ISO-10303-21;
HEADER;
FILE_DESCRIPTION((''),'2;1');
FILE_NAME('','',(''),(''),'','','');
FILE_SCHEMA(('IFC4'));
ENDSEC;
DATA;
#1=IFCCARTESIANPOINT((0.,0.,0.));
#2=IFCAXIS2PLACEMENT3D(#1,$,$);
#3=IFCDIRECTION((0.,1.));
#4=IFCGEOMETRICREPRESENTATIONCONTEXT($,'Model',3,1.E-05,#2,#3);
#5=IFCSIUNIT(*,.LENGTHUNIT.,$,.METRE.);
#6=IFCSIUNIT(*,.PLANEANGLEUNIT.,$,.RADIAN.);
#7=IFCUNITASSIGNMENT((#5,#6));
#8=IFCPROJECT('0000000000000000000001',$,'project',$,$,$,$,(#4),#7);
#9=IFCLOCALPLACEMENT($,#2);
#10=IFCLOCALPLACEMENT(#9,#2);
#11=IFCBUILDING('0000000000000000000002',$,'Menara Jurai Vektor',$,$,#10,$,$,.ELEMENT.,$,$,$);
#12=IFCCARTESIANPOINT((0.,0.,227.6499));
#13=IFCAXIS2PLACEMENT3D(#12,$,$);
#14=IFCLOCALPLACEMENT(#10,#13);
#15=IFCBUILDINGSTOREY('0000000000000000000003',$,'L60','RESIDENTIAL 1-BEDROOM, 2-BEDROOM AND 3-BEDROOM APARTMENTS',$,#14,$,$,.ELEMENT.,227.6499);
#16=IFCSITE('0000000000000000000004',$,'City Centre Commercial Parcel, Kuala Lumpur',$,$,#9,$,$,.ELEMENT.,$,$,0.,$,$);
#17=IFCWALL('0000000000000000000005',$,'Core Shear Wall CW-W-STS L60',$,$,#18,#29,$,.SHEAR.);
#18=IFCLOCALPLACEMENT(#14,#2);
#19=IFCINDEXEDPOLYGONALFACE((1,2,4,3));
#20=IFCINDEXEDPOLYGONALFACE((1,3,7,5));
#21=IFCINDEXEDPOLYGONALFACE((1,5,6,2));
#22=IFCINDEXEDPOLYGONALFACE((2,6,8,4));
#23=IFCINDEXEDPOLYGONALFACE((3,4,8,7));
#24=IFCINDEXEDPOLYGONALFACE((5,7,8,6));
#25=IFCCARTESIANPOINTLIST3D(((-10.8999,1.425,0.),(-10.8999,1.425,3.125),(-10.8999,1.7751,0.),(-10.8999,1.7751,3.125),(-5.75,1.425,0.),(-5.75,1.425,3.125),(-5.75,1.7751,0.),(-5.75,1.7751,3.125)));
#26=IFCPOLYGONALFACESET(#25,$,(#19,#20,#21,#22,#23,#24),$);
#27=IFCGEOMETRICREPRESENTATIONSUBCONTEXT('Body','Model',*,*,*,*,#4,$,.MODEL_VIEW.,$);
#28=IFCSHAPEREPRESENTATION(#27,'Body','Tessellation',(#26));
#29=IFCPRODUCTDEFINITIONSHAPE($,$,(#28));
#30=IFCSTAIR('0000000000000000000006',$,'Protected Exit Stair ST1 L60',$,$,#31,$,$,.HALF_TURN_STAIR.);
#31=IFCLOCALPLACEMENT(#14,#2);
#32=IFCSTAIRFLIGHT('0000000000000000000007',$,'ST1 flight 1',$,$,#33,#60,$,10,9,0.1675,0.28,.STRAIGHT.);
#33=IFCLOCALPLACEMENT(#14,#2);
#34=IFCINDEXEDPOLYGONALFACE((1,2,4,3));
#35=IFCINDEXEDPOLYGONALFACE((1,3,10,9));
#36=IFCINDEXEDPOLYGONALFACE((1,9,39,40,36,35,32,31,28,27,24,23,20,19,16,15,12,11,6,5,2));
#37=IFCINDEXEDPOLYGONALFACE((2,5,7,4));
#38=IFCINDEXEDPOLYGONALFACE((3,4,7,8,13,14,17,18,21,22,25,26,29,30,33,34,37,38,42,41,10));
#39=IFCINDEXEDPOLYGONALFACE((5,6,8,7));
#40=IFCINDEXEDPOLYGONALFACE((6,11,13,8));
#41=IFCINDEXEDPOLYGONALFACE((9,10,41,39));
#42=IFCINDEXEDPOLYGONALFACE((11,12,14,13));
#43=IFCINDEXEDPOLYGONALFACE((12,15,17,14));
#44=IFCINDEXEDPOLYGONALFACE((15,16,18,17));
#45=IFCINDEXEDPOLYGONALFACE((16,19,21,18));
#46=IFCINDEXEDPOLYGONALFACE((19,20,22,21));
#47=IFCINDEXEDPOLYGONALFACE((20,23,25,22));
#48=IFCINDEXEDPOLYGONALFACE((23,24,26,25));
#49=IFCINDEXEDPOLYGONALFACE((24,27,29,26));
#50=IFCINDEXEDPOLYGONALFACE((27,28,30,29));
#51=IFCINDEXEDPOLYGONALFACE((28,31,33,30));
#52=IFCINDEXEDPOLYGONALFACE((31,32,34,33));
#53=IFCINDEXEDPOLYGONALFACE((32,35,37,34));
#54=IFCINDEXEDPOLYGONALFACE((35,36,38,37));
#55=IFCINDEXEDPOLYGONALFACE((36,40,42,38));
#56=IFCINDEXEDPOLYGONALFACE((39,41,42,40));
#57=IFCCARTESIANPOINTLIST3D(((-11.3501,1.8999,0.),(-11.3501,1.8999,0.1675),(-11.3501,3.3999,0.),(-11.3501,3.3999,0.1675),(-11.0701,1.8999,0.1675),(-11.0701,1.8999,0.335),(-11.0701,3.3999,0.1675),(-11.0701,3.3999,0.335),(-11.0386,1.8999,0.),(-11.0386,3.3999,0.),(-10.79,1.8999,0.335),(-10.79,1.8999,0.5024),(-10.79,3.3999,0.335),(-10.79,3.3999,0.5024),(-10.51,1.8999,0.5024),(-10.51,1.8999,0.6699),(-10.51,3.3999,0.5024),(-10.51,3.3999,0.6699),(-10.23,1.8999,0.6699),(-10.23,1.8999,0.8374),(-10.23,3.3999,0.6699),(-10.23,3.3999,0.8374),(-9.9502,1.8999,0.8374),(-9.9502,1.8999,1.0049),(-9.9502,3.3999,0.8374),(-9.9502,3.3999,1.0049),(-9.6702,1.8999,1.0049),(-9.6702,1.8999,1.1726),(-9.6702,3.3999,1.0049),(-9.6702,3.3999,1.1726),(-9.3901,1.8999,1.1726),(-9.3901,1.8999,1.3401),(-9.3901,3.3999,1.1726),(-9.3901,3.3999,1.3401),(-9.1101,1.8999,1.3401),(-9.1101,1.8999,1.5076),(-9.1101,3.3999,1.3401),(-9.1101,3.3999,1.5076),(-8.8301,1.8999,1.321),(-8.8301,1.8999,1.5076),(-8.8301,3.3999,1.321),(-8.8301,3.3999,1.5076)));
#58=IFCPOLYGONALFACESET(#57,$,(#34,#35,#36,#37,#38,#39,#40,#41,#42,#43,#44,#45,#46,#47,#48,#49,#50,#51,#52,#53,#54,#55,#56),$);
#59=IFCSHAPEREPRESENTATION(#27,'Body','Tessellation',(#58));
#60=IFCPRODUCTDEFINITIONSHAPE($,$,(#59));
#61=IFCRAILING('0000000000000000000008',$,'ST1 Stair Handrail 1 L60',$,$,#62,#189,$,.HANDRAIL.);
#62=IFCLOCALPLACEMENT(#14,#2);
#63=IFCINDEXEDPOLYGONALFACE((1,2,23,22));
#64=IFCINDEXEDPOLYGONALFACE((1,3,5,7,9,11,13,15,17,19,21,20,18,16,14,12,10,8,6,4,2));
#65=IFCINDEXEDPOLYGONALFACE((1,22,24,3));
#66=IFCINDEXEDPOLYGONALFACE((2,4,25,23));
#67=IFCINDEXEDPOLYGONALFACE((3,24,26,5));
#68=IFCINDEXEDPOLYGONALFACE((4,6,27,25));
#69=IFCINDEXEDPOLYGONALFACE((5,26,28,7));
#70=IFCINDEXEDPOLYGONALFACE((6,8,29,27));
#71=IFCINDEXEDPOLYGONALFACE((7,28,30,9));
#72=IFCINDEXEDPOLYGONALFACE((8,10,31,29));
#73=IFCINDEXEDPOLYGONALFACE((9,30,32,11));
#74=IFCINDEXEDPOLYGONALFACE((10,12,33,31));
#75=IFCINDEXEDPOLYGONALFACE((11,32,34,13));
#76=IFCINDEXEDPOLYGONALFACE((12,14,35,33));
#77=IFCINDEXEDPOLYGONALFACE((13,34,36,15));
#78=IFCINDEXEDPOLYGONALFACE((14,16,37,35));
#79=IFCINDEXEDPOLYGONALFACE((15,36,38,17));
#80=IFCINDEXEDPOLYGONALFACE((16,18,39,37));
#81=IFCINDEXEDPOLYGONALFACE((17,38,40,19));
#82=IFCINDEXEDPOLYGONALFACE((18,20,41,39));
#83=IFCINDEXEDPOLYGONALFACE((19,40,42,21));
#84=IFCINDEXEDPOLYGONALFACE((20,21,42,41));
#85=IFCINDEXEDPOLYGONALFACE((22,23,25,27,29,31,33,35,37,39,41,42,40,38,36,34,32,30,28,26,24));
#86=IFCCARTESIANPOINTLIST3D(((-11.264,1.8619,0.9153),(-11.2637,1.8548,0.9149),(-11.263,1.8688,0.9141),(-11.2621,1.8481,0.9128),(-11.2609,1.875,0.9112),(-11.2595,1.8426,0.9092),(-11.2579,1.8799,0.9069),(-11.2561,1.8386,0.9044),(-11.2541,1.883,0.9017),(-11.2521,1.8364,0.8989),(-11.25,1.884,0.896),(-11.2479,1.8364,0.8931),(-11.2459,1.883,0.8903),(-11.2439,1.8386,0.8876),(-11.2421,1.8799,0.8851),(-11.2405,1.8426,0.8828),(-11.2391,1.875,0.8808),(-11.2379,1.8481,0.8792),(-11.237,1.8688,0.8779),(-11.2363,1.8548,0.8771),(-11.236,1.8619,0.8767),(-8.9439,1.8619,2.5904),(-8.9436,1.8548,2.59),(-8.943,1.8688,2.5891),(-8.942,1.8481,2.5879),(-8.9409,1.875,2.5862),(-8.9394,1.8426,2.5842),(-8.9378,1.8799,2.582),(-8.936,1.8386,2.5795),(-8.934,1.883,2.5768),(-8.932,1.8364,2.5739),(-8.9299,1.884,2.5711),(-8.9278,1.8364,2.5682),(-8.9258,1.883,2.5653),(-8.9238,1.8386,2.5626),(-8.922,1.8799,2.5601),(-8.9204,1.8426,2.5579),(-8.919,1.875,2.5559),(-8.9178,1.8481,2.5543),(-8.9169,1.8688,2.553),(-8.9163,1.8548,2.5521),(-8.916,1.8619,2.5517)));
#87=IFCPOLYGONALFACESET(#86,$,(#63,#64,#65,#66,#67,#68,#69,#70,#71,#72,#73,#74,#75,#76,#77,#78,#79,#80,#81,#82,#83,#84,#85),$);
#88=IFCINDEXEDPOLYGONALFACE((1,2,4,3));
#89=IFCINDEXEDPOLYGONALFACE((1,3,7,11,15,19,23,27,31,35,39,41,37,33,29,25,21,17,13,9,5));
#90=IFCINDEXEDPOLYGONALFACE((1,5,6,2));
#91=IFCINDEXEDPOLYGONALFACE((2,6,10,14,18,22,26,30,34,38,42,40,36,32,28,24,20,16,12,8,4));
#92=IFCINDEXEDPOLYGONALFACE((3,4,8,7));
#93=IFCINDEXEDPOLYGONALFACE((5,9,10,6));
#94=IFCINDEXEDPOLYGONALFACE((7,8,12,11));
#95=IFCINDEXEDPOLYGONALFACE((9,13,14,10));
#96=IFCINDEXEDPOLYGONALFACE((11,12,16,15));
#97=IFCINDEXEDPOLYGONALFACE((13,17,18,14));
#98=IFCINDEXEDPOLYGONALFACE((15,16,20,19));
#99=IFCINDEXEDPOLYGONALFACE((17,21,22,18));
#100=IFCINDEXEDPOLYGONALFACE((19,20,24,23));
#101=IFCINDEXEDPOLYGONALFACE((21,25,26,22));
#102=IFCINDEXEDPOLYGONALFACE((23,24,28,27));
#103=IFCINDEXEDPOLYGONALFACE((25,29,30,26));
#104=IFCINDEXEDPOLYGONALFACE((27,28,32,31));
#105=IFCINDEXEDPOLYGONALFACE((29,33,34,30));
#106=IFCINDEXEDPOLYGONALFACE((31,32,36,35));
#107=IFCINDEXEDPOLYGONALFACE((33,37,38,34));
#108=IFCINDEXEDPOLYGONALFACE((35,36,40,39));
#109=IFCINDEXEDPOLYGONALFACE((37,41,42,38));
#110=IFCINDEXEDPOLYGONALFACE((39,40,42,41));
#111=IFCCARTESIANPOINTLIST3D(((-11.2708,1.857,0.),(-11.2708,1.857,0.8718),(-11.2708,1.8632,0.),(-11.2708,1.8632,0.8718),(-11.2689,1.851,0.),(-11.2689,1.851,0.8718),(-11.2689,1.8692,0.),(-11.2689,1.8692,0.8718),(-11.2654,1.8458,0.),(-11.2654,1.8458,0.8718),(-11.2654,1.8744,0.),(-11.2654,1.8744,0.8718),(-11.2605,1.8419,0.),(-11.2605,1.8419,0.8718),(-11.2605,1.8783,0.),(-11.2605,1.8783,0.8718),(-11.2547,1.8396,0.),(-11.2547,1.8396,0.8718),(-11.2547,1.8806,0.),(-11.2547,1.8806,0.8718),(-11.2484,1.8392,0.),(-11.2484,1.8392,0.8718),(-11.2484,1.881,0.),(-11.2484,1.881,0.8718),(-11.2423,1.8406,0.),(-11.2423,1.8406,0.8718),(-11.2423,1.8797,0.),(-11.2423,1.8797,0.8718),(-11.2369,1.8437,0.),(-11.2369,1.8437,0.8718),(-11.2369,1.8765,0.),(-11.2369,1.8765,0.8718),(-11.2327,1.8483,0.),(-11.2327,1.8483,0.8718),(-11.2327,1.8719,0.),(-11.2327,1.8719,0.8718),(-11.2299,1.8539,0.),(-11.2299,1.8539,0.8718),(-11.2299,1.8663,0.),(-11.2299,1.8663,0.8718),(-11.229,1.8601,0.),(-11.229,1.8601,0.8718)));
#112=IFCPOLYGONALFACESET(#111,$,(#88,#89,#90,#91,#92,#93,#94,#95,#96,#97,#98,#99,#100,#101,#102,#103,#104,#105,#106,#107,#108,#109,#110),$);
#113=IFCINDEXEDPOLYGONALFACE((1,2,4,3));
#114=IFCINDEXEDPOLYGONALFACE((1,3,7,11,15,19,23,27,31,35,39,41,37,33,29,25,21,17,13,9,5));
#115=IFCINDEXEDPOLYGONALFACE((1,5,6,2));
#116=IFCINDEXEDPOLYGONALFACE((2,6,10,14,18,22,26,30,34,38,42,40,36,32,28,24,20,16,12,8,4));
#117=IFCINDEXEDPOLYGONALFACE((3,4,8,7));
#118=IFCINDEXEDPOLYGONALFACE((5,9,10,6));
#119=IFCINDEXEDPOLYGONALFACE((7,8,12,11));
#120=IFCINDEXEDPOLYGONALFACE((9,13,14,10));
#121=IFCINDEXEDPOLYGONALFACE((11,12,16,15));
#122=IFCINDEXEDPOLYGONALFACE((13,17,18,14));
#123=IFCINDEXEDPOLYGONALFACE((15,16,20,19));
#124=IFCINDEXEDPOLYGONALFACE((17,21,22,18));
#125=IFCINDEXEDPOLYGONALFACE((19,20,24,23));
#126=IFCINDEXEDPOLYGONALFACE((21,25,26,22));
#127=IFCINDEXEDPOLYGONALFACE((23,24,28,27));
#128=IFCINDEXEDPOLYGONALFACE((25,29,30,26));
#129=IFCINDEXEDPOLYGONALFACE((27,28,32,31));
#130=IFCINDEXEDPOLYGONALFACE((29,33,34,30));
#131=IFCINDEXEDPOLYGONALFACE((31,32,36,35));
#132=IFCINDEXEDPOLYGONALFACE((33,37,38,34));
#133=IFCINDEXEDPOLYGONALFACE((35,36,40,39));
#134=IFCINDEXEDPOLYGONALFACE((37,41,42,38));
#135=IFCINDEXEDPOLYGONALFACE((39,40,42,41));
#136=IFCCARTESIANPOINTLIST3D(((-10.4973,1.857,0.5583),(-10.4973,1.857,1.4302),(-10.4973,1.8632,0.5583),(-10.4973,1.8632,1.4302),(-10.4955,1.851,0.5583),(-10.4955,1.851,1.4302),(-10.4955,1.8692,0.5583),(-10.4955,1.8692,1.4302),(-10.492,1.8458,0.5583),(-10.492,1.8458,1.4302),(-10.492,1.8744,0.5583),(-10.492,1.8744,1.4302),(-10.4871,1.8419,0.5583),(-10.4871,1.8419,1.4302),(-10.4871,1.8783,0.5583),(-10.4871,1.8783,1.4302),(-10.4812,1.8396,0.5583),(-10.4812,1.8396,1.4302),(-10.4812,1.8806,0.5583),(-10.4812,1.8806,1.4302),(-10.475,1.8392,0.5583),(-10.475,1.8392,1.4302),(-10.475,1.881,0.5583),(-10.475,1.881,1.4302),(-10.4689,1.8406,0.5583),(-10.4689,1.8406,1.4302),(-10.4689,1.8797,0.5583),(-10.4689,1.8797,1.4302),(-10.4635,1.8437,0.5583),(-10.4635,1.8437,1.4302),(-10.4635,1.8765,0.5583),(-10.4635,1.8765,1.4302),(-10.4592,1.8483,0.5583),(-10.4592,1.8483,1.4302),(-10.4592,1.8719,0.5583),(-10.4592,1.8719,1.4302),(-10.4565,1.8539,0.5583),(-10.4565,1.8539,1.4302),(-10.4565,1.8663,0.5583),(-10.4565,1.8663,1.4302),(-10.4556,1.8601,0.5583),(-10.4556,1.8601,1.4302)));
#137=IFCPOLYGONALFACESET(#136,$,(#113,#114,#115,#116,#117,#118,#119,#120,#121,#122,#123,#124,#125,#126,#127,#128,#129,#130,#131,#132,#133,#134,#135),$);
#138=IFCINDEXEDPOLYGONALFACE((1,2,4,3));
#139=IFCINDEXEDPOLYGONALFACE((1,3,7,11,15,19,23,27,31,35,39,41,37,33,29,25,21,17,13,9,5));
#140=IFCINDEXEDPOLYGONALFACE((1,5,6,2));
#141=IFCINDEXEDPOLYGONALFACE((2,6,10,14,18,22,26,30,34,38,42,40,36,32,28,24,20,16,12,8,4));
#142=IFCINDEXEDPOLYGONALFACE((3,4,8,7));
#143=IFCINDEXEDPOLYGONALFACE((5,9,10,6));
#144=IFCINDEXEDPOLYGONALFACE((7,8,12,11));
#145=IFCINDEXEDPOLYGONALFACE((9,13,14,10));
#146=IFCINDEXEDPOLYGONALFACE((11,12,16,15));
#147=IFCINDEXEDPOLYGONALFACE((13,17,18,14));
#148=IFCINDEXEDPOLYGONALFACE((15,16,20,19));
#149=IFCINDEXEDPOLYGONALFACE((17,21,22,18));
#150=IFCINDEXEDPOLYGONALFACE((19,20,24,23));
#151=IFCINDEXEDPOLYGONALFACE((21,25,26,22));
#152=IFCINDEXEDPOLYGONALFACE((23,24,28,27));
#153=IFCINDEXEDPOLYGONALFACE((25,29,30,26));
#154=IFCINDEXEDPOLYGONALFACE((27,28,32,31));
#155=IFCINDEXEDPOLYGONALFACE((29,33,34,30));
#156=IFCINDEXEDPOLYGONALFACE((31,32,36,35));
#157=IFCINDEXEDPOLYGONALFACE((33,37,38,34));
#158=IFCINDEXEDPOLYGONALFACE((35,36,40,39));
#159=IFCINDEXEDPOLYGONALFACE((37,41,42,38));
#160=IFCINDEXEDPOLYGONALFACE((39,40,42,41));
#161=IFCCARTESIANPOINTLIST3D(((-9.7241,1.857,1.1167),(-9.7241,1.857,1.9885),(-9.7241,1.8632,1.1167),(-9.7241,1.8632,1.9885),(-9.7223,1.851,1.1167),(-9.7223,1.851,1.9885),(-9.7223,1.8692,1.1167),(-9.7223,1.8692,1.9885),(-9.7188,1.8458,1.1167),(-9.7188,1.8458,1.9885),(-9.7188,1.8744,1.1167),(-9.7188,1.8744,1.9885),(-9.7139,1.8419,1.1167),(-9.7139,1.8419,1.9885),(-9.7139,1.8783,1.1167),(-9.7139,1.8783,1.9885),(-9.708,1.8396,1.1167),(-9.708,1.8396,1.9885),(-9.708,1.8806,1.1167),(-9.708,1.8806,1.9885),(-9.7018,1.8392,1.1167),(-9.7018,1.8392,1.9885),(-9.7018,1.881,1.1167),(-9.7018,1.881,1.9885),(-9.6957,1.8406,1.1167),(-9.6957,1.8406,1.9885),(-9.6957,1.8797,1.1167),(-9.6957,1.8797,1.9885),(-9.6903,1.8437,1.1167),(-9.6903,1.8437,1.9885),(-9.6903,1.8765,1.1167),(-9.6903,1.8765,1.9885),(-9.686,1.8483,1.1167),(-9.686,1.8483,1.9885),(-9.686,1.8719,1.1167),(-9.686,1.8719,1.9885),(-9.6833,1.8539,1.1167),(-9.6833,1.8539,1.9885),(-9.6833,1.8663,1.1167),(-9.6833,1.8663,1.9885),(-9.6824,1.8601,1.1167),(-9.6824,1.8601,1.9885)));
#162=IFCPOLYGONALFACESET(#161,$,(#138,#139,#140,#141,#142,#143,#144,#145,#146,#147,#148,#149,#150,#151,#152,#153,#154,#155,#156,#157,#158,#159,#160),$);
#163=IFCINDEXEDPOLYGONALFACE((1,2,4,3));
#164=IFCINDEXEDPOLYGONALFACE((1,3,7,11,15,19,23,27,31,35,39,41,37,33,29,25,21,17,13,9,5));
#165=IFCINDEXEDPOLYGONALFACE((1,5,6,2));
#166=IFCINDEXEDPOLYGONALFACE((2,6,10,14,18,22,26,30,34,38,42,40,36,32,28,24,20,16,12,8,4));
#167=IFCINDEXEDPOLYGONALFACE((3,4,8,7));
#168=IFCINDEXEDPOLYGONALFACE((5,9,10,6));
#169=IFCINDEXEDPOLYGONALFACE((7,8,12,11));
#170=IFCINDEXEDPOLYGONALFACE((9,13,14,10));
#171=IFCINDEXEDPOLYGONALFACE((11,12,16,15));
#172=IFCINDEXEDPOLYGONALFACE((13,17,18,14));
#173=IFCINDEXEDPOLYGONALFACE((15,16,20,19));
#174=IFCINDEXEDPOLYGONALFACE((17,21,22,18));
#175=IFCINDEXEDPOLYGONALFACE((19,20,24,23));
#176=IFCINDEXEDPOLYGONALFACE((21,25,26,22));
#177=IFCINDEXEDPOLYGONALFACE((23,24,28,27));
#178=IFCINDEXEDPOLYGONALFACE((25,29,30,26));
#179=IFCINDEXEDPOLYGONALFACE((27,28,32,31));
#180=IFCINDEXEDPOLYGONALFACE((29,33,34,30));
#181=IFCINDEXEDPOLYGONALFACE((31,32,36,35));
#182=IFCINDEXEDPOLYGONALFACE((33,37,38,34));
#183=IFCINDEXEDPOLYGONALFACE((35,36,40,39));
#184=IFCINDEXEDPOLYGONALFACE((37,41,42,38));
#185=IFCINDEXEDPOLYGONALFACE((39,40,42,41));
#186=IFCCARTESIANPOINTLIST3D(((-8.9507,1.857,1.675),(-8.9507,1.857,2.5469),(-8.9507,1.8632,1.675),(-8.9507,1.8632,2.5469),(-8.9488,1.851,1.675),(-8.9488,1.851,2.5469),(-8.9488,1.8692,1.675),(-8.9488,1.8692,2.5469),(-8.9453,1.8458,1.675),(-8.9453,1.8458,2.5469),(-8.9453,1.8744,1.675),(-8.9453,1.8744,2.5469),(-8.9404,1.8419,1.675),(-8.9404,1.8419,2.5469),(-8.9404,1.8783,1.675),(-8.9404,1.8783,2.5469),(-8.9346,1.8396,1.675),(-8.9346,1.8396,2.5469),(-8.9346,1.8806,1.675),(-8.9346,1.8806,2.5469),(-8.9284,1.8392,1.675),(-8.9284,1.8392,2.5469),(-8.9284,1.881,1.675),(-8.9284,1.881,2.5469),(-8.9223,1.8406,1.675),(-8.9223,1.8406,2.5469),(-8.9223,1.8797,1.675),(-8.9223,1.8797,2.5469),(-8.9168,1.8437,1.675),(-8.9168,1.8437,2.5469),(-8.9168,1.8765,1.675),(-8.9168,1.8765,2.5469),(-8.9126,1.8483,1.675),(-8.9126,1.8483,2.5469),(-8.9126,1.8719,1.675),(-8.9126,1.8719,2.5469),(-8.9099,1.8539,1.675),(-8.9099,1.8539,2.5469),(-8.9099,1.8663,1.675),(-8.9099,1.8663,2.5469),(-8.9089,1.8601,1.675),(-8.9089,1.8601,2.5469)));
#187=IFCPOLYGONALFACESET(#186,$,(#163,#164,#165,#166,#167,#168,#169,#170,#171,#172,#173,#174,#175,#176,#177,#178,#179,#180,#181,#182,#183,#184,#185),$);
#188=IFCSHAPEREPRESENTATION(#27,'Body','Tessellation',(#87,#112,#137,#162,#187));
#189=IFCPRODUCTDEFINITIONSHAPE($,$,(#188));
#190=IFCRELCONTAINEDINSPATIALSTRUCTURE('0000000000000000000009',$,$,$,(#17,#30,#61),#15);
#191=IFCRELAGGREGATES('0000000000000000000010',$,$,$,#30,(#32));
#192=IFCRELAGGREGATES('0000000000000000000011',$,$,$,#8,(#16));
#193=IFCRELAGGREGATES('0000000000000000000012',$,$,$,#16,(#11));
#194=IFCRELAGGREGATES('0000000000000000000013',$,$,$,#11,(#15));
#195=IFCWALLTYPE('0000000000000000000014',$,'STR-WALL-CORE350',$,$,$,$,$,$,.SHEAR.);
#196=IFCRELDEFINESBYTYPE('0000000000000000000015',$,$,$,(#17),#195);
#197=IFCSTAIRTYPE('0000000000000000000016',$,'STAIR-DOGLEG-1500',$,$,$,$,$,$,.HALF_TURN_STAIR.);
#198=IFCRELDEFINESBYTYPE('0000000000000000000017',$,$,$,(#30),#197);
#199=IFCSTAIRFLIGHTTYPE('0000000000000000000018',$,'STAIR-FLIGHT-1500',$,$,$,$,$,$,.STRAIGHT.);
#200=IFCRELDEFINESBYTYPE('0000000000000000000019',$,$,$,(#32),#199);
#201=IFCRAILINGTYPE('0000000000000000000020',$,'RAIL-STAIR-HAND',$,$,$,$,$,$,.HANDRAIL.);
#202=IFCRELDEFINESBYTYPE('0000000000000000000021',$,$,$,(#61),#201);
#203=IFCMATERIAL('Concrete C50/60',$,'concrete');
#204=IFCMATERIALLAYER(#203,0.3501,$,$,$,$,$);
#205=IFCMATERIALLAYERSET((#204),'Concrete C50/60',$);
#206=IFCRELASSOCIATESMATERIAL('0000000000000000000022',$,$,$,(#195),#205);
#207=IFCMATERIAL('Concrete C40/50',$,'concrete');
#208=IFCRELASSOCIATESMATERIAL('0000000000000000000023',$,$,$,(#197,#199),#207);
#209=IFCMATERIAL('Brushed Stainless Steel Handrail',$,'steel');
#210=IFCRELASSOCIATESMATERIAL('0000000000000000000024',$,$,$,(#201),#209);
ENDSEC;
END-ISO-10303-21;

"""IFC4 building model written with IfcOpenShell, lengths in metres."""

from ifc_helpers import new_model, si_unit, direction, frame, frame_2d, origin, origin_2d, place, context, subcontext, project, spatial, polyline, rectangle, circle, outline, extrude, material, layer, layer_set, type_object, element, aggregate, save


model = new_model("IFC4")

# Units and contexts
model_context = context("Model", 3, precision=1e-05, world=origin(), true_north=direction((0.0, 1.0)))
body_context = subcontext(model_context, "Body", "Model", "MODEL_VIEW")
ifc_project = project(units=[si_unit("LENGTHUNIT", "METRE"), si_unit("PLANEANGLEUNIT", "RADIAN")], contexts=[model_context])

# Site, building, storey
site_placement = place(None, origin())
site = spatial("IfcSite", under=ifc_project, at=site_placement, Name="City Centre Commercial Parcel, Kuala Lumpur", CompositionType="ELEMENT", RefElevation=0.0)
building_placement = place(site_placement, origin())
building = spatial("IfcBuilding", under=site, at=building_placement, Name="Menara Jurai Vektor", CompositionType="ELEMENT")
storey_placement = place(building_placement, frame((0.0, 0.0, 227.6499)))
storey = spatial("IfcBuildingStorey", under=building, at=storey_placement, Name="L60", Description="RESIDENTIAL 1-BEDROOM, 2-BEDROOM AND 3-BEDROOM APARTMENTS", CompositionType="ELEMENT", Elevation=227.6499)

# Shared definitions
ifc_material_1 = material(Name="Concrete C50/60", Category="concrete")

# Shared definitions
ifc_material_2 = material(Name="Concrete C40/50", Category="concrete")

# Wall
ifc_layer_1 = layer(ifc_material_1, 0.3501)
ifc_layer_set_1 = layer_set([ifc_layer_1], Name="Concrete C50/60")
wall_type_1 = type_object("IfcWallType", Name="STR-WALL-CORE350", PredefinedType="SHEAR", material=ifc_layer_set_1)
wall_1_placement = place(storey_placement, frame((-10.8999, 1.6001, 0.0), z_axis=(0.0, 0.0, 1.0), x_axis=(1.0, 0.0, 0.0)))
element("IfcWall", 1, at=wall_1_placement, inside=storey, type_object=wall_type_1, Name="Core Shear Wall CW-W-STS L60", PredefinedType="SHEAR", context=body_context, shape_type="SweptSolid", body=[
    extrude(rectangle(XDim=5.1499, YDim=0.3501, at=frame_2d((2.575, 0.0))), origin(), (0.0, 0.0, 1.0), 3.125),
])

# Stair, stair flight
stair_type = type_object("IfcStairType", Name="STAIR-DOGLEG-1500", PredefinedType="HALF_TURN_STAIR", material=ifc_material_2)
stair_placement = place(storey_placement, origin())
stair = element("IfcStair", 2, at=stair_placement, inside=storey, type_object=stair_type, Name="Protected Exit Stair ST1 L60", PredefinedType="HALF_TURN_STAIR")
stair_flight_type = type_object("IfcStairFlightType", Name="STAIR-FLIGHT-1500", PredefinedType="STRAIGHT", material=ifc_material_2)
stair_flight_placement = place(storey_placement, frame((-11.3501, 2.6499, 0.0), z_axis=(0.0, 0.0, 1.0), x_axis=(1.0, 0.0, 0.0)))
stair_flight = element("IfcStairFlight", 3, at=stair_flight_placement, type_object=stair_flight_type, Name="ST1 flight 1", NumberOfRisers=10, NumberOfTreads=9, PredefinedType="STRAIGHT", RiserHeight=0.1675, TreadLength=0.28, context=body_context, shape_type="SweptSolid", body=[
    extrude(outline(polyline([(0.0, 0.0), (0.0, 0.1675), (0.28, 0.1675), (0.28, 0.335), (0.5601, 0.335), (0.5601, 0.5024), (0.8401, 0.5024), (0.8401, 0.6699), (1.1201, 0.6699), (1.1201, 0.8374), (1.3999, 0.8374), (1.3999, 1.0049), (1.6799, 1.0049), (1.6799, 1.1726), (1.96, 1.1726), (1.96, 1.3401), (2.24, 1.3401), (2.24, 1.5076), (2.52, 1.5076), (2.52, 1.675), (2.52, 1.321), (0.3115, 0.0), (0.0, 0.0)])), frame((0.0, 0.75, 0.0), z_axis=(0.0, -1.0, 0.0), x_axis=(1.0, 0.0, 0.0)), (0.0, 0.0, 1.0), 1.5),
])
aggregate(stair, [stair_flight])

# Railing
ifc_material_3 = material(Name="Brushed Stainless Steel Handrail", Category="steel")
railing_type_1 = type_object("IfcRailingType", Name="RAIL-STAIR-HAND", PredefinedType="HANDRAIL", material=ifc_material_3)
railing_1_placement = place(storey_placement, frame((-11.25, 1.8601, 0.0)))
element("IfcRailing", 4, at=railing_1_placement, inside=storey, type_object=railing_type_1, Name="ST1 Stair Handrail 1 L60", PredefinedType="HANDRAIL", context=body_context, shape_type="SweptSolid", body=[
    extrude(circle(Radius=0.0239, at=origin_2d()), frame((0.0, 0.0, 0.896), z_axis=(0.810771, 0.0, 0.585363), x_axis=(0.0, 1.0, 0.0)), (0.0, 0.0, 1.0), 2.8616),
    extrude(circle(Radius=0.021, at=origin_2d()), origin(), (0.0, 0.0, 1.0), 0.8718),
    extrude(circle(Radius=0.021, at=origin_2d()), frame((0.7734, 0.0, 0.5583)), (0.0, 0.0, 1.0), 0.8718),
    extrude(circle(Radius=0.021, at=origin_2d()), frame((1.5466, 0.0, 1.1167)), (0.0, 0.0, 1.0), 0.8718),
    extrude(circle(Radius=0.021, at=origin_2d()), frame((2.3201, 0.0, 1.675)), (0.0, 0.0, 1.0), 0.8718),
])

save(model, "model.ifc")
